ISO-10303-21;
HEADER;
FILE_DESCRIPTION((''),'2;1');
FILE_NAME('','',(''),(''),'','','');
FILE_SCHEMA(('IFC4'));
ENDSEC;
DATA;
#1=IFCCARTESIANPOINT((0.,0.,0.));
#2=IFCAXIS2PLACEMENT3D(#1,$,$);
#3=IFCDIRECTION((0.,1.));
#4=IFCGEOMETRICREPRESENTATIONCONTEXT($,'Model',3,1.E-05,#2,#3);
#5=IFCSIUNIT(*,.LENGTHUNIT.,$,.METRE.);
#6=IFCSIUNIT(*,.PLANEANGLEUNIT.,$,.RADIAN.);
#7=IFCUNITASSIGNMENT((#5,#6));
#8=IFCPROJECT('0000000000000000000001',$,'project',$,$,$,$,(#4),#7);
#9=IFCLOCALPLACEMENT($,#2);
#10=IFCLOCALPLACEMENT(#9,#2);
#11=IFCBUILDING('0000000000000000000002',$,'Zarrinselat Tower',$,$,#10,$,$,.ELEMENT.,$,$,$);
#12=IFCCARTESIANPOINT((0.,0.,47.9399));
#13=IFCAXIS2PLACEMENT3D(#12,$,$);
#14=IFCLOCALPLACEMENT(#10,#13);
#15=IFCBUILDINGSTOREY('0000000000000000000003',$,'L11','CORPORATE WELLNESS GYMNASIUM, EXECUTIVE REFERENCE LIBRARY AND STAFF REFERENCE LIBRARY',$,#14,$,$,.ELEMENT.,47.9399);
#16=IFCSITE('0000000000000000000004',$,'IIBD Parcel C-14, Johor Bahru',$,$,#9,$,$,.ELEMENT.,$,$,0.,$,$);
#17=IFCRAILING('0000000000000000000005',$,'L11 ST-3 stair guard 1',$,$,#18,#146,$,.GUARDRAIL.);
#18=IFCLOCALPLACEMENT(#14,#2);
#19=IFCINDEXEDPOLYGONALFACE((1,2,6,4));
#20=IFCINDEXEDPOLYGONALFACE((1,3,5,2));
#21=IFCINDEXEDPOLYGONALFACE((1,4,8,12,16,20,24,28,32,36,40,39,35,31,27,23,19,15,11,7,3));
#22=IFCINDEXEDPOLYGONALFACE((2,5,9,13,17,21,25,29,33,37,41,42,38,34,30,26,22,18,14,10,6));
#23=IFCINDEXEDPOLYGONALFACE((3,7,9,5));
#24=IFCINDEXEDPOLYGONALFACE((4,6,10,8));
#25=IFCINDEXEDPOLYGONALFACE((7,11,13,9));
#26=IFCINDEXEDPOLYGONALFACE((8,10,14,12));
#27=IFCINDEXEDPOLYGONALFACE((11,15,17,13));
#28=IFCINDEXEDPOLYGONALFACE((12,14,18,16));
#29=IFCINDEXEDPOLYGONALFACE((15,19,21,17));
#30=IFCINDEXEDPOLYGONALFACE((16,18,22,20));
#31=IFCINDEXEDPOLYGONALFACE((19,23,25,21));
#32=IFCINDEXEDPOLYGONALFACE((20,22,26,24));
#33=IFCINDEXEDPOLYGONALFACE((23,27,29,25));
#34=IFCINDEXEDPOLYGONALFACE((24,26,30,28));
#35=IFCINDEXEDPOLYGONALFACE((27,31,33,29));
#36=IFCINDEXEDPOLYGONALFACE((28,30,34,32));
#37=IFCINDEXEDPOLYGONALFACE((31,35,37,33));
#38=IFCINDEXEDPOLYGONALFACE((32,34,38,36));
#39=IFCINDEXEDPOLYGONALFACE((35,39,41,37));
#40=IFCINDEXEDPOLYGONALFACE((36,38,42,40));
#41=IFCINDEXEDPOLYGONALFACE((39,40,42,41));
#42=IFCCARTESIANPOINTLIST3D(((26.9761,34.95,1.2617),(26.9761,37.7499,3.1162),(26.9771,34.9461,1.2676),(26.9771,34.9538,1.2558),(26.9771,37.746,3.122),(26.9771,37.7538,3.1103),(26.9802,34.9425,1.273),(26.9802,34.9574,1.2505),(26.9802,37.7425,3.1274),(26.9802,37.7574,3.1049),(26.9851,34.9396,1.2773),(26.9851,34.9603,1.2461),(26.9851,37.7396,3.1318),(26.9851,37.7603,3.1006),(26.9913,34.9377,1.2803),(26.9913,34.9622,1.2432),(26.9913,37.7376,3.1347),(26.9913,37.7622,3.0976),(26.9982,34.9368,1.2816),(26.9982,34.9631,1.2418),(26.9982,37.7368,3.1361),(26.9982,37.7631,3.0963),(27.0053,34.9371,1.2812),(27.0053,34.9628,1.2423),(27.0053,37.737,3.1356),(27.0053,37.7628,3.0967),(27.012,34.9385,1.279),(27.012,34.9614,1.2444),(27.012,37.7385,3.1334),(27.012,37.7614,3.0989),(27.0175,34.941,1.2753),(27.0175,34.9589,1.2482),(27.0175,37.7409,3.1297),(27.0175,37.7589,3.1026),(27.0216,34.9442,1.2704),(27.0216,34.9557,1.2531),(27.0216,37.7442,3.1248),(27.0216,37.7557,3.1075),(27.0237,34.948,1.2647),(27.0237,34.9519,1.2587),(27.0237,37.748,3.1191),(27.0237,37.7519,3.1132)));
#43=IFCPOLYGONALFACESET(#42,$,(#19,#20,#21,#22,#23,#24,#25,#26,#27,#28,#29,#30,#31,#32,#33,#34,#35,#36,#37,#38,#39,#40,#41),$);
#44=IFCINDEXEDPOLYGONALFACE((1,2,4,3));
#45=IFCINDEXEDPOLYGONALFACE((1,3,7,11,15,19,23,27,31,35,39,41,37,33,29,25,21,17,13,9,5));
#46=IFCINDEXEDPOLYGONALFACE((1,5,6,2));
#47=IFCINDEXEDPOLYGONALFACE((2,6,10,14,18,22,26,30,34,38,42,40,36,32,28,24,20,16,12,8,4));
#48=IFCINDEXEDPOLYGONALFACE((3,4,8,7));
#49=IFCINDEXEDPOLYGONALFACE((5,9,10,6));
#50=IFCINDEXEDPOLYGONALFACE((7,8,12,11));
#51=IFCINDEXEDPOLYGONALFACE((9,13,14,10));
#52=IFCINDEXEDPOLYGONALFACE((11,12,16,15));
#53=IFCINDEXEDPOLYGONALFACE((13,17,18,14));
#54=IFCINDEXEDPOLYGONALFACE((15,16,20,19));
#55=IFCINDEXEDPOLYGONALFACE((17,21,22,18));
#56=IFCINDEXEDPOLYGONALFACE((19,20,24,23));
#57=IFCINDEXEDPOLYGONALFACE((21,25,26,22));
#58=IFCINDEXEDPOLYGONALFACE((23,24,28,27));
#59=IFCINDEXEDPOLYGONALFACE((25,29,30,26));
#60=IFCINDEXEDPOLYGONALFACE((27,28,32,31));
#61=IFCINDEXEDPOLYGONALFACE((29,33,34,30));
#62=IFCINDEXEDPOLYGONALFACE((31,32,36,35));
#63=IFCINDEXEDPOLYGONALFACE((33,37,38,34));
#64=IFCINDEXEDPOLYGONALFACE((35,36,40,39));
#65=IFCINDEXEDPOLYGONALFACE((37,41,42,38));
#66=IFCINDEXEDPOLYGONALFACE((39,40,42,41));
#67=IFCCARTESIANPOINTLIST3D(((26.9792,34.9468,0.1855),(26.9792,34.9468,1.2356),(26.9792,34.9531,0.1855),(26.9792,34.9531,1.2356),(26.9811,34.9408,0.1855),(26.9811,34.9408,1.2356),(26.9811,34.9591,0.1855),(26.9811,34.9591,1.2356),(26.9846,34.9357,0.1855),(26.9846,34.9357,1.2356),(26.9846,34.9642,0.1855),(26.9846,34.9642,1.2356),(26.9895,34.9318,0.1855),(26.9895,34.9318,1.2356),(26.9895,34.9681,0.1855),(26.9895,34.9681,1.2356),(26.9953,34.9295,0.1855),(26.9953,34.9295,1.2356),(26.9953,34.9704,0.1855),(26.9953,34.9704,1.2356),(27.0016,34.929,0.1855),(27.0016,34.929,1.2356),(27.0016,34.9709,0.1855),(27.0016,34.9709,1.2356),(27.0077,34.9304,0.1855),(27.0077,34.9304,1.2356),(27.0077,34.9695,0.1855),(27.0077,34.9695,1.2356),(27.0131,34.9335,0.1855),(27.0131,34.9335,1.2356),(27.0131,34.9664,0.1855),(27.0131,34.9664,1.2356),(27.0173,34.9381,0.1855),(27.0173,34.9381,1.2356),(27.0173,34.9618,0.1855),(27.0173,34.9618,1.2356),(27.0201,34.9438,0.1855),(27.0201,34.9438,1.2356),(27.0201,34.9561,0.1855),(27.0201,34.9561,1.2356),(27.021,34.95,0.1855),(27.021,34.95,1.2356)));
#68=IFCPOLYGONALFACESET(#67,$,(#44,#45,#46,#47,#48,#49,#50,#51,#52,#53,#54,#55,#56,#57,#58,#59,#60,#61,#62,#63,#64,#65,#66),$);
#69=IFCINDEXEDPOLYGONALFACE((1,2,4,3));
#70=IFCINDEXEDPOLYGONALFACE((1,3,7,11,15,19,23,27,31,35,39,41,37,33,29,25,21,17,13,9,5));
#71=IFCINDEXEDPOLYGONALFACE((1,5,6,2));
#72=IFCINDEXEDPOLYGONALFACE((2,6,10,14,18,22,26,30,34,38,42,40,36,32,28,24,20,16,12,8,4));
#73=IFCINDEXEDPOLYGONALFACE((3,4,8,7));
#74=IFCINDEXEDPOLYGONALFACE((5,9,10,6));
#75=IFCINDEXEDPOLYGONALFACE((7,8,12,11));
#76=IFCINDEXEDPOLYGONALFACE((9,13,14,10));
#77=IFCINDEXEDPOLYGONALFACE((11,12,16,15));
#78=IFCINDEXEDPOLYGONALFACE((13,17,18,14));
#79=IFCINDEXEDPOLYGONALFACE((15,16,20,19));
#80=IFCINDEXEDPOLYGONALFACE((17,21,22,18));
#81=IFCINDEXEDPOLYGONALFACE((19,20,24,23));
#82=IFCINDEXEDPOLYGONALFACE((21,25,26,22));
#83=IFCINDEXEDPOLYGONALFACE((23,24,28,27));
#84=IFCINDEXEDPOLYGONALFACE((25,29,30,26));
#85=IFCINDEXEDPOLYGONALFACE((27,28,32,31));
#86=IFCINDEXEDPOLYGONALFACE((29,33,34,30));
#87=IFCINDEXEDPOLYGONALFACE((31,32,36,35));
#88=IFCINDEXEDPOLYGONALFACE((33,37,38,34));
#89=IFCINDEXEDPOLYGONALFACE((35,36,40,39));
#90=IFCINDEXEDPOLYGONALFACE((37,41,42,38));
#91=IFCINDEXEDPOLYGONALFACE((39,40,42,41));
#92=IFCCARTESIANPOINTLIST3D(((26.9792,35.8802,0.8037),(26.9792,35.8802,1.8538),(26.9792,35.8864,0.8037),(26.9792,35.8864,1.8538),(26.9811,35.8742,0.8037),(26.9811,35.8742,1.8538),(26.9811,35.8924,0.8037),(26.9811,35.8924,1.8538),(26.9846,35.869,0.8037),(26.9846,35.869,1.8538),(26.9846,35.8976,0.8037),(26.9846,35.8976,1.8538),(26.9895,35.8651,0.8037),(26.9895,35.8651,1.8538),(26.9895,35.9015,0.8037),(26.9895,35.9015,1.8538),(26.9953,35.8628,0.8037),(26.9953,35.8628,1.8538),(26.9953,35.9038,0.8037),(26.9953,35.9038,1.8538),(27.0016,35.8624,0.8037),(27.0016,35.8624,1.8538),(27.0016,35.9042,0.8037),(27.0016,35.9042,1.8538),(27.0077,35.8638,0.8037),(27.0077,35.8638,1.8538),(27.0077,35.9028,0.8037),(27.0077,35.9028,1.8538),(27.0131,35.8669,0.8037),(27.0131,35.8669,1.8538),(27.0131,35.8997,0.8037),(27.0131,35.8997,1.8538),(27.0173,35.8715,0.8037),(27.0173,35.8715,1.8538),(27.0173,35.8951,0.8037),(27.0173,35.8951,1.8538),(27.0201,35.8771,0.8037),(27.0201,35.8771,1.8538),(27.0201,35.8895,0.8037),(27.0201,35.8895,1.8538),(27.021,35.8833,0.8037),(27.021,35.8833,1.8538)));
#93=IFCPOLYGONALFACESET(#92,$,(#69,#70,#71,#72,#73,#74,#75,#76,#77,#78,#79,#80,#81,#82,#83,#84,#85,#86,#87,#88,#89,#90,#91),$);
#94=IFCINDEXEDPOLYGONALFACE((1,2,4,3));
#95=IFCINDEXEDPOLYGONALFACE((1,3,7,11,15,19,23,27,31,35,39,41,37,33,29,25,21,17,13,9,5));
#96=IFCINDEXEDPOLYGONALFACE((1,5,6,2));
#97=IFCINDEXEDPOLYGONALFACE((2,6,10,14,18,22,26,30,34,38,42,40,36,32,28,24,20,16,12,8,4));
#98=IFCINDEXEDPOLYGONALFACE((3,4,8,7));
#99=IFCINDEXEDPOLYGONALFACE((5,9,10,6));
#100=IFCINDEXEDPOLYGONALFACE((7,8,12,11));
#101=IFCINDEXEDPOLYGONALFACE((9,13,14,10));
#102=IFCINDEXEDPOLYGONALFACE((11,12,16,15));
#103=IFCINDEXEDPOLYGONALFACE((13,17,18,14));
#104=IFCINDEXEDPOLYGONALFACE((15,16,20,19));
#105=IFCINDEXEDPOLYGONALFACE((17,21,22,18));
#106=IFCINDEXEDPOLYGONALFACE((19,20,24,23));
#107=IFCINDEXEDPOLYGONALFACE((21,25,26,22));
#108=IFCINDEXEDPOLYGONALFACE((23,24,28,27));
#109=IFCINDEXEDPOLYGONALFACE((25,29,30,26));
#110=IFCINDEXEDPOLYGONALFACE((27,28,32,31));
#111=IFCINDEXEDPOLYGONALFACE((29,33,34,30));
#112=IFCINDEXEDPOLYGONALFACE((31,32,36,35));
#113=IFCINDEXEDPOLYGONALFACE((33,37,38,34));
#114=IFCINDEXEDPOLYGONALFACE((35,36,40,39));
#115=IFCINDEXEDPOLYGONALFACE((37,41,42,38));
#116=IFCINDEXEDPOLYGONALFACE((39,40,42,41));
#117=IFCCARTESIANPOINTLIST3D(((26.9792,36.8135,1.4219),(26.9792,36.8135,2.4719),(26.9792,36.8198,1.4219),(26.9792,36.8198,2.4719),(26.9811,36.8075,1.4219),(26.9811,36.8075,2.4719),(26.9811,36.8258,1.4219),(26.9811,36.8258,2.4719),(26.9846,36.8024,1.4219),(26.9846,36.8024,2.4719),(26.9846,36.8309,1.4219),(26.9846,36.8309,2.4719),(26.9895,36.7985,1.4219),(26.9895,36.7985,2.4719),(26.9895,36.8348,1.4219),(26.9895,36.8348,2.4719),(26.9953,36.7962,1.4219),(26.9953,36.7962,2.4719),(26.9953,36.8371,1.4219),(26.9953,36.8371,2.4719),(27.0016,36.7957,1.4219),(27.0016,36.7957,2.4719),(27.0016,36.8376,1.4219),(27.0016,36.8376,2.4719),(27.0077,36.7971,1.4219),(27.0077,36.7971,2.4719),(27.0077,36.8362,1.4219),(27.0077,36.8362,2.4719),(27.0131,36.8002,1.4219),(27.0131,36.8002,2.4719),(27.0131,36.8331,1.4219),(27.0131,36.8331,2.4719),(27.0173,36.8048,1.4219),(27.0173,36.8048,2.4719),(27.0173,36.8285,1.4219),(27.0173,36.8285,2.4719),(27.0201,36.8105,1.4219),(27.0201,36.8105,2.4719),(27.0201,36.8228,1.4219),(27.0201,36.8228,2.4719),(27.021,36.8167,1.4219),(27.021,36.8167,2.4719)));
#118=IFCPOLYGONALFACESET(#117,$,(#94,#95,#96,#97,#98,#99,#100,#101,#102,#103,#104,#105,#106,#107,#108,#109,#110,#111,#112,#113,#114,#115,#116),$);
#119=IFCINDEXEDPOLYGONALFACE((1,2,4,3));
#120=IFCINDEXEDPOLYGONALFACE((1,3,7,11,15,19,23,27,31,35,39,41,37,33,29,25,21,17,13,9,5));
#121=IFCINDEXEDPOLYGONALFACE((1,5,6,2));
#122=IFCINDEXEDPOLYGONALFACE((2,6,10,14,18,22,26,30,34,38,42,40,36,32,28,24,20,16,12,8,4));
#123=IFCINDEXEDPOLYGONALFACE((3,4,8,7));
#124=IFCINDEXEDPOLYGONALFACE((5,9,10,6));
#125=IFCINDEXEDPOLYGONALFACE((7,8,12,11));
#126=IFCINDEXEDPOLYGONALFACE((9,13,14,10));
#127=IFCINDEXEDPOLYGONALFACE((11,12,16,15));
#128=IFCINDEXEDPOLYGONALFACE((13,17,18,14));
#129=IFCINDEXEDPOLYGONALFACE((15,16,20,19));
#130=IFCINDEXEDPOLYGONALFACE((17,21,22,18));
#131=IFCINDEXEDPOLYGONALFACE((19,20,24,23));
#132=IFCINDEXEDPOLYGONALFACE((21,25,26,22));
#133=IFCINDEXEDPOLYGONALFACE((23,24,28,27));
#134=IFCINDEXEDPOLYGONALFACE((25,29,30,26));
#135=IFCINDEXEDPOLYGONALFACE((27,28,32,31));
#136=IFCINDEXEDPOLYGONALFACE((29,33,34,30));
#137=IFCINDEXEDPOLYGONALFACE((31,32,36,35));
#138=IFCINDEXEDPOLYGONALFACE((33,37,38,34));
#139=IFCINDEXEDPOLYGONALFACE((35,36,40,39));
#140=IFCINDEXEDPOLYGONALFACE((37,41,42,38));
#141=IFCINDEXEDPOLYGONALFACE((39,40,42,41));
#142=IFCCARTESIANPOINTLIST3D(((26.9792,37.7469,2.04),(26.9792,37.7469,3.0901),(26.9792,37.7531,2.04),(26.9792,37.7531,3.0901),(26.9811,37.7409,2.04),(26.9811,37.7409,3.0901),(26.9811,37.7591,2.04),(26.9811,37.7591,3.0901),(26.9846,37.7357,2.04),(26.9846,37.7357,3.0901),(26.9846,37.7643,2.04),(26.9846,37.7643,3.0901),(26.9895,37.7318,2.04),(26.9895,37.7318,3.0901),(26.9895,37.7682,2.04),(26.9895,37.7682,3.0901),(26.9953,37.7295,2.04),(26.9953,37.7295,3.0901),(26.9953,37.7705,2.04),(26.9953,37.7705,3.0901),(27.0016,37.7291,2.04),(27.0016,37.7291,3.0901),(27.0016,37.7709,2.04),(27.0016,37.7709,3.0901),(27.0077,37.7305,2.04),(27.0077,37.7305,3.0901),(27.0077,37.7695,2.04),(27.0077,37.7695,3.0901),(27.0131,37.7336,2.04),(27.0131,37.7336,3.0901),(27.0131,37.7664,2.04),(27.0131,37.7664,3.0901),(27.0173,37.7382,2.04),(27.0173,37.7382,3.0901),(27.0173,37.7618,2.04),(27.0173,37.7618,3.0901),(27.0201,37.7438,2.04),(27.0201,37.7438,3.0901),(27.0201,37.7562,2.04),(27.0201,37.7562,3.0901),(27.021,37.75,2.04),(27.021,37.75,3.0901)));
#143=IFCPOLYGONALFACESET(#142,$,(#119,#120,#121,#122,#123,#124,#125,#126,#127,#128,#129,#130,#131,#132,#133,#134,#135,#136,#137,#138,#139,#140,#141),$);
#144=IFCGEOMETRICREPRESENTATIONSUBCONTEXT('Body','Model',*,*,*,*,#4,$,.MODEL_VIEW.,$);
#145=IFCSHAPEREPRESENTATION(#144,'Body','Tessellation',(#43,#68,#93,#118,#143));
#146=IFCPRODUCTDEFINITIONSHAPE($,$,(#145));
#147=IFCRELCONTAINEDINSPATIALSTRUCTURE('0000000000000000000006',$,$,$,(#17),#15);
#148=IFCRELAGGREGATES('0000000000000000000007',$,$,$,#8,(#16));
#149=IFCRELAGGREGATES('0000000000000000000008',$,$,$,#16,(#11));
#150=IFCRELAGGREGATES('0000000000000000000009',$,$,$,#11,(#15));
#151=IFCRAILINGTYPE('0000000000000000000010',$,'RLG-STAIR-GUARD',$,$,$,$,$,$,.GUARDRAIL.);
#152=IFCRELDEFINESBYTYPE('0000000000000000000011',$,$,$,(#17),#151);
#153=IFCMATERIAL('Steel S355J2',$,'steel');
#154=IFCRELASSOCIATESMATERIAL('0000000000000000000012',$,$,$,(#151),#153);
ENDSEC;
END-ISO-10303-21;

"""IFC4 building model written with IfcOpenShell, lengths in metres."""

from ifc_helpers import new_model, si_unit, direction, frame, origin, origin_2d, place, context, subcontext, project, spatial, circle, extrude, material, type_object, element, save


model = new_model("IFC4")

# Units and contexts
model_context = context("Model", 3, precision=1e-05, world=origin(), true_north=direction((0.0, 1.0)))
body_context = subcontext(model_context, "Body", "Model", "MODEL_VIEW")
ifc_project = project(units=[si_unit("LENGTHUNIT", "METRE"), si_unit("PLANEANGLEUNIT", "RADIAN")], contexts=[model_context])

# Site, building, storey
site_placement = place(None, origin())
site = spatial("IfcSite", under=ifc_project, at=site_placement, Name="IIBD Parcel C-14, Johor Bahru", CompositionType="ELEMENT", RefElevation=0.0)
building_placement = place(site_placement, origin())
building = spatial("IfcBuilding", under=site, at=building_placement, Name="Zarrinselat Tower", CompositionType="ELEMENT")
storey_placement = place(building_placement, frame((0.0, 0.0, 47.9399)))
storey = spatial("IfcBuildingStorey", under=building, at=storey_placement, Name="L11", Description="CORPORATE WELLNESS GYMNASIUM, EXECUTIVE REFERENCE LIBRARY AND STAFF REFERENCE LIBRARY", CompositionType="ELEMENT", Elevation=47.9399)

# Railing
ifc_material_1 = material(Name="Steel S355J2", Category="steel")
railing_type_1 = type_object("IfcRailingType", Name="RLG-STAIR-GUARD", PredefinedType="GUARDRAIL", material=ifc_material_1)
railing_1_placement = place(storey_placement, frame((27.0, 34.95, 0.1855)))
element("IfcRailing", 1, at=railing_1_placement, inside=storey, type_object=railing_type_1, Name="L11 ST-3 stair guard 1", PredefinedType="GUARDRAIL", context=body_context, shape_type="SweptSolid", body=[
    extrude(circle(Radius=0.0239, at=origin_2d()), frame((0.0, 0.0, 1.0762), z_axis=(0.0, 0.833724, 0.552181), x_axis=(-1.0, 0.0, 0.0)), (0.0, 0.0, 1.0), 3.3584),
    extrude(circle(Radius=0.021, at=origin_2d()), origin(), (0.0, 0.0, 1.0), 1.05),
    extrude(circle(Radius=0.021, at=origin_2d()), frame((0.0, 0.9333, 0.6182)), (0.0, 0.0, 1.0), 1.05),
    extrude(circle(Radius=0.021, at=origin_2d()), frame((0.0, 1.8667, 1.2363)), (0.0, 0.0, 1.0), 1.05),
    extrude(circle(Radius=0.021, at=origin_2d()), frame((0.0, 2.8, 1.8545)), (0.0, 0.0, 1.0), 1.05),
])

save(model, "model.ifc")
